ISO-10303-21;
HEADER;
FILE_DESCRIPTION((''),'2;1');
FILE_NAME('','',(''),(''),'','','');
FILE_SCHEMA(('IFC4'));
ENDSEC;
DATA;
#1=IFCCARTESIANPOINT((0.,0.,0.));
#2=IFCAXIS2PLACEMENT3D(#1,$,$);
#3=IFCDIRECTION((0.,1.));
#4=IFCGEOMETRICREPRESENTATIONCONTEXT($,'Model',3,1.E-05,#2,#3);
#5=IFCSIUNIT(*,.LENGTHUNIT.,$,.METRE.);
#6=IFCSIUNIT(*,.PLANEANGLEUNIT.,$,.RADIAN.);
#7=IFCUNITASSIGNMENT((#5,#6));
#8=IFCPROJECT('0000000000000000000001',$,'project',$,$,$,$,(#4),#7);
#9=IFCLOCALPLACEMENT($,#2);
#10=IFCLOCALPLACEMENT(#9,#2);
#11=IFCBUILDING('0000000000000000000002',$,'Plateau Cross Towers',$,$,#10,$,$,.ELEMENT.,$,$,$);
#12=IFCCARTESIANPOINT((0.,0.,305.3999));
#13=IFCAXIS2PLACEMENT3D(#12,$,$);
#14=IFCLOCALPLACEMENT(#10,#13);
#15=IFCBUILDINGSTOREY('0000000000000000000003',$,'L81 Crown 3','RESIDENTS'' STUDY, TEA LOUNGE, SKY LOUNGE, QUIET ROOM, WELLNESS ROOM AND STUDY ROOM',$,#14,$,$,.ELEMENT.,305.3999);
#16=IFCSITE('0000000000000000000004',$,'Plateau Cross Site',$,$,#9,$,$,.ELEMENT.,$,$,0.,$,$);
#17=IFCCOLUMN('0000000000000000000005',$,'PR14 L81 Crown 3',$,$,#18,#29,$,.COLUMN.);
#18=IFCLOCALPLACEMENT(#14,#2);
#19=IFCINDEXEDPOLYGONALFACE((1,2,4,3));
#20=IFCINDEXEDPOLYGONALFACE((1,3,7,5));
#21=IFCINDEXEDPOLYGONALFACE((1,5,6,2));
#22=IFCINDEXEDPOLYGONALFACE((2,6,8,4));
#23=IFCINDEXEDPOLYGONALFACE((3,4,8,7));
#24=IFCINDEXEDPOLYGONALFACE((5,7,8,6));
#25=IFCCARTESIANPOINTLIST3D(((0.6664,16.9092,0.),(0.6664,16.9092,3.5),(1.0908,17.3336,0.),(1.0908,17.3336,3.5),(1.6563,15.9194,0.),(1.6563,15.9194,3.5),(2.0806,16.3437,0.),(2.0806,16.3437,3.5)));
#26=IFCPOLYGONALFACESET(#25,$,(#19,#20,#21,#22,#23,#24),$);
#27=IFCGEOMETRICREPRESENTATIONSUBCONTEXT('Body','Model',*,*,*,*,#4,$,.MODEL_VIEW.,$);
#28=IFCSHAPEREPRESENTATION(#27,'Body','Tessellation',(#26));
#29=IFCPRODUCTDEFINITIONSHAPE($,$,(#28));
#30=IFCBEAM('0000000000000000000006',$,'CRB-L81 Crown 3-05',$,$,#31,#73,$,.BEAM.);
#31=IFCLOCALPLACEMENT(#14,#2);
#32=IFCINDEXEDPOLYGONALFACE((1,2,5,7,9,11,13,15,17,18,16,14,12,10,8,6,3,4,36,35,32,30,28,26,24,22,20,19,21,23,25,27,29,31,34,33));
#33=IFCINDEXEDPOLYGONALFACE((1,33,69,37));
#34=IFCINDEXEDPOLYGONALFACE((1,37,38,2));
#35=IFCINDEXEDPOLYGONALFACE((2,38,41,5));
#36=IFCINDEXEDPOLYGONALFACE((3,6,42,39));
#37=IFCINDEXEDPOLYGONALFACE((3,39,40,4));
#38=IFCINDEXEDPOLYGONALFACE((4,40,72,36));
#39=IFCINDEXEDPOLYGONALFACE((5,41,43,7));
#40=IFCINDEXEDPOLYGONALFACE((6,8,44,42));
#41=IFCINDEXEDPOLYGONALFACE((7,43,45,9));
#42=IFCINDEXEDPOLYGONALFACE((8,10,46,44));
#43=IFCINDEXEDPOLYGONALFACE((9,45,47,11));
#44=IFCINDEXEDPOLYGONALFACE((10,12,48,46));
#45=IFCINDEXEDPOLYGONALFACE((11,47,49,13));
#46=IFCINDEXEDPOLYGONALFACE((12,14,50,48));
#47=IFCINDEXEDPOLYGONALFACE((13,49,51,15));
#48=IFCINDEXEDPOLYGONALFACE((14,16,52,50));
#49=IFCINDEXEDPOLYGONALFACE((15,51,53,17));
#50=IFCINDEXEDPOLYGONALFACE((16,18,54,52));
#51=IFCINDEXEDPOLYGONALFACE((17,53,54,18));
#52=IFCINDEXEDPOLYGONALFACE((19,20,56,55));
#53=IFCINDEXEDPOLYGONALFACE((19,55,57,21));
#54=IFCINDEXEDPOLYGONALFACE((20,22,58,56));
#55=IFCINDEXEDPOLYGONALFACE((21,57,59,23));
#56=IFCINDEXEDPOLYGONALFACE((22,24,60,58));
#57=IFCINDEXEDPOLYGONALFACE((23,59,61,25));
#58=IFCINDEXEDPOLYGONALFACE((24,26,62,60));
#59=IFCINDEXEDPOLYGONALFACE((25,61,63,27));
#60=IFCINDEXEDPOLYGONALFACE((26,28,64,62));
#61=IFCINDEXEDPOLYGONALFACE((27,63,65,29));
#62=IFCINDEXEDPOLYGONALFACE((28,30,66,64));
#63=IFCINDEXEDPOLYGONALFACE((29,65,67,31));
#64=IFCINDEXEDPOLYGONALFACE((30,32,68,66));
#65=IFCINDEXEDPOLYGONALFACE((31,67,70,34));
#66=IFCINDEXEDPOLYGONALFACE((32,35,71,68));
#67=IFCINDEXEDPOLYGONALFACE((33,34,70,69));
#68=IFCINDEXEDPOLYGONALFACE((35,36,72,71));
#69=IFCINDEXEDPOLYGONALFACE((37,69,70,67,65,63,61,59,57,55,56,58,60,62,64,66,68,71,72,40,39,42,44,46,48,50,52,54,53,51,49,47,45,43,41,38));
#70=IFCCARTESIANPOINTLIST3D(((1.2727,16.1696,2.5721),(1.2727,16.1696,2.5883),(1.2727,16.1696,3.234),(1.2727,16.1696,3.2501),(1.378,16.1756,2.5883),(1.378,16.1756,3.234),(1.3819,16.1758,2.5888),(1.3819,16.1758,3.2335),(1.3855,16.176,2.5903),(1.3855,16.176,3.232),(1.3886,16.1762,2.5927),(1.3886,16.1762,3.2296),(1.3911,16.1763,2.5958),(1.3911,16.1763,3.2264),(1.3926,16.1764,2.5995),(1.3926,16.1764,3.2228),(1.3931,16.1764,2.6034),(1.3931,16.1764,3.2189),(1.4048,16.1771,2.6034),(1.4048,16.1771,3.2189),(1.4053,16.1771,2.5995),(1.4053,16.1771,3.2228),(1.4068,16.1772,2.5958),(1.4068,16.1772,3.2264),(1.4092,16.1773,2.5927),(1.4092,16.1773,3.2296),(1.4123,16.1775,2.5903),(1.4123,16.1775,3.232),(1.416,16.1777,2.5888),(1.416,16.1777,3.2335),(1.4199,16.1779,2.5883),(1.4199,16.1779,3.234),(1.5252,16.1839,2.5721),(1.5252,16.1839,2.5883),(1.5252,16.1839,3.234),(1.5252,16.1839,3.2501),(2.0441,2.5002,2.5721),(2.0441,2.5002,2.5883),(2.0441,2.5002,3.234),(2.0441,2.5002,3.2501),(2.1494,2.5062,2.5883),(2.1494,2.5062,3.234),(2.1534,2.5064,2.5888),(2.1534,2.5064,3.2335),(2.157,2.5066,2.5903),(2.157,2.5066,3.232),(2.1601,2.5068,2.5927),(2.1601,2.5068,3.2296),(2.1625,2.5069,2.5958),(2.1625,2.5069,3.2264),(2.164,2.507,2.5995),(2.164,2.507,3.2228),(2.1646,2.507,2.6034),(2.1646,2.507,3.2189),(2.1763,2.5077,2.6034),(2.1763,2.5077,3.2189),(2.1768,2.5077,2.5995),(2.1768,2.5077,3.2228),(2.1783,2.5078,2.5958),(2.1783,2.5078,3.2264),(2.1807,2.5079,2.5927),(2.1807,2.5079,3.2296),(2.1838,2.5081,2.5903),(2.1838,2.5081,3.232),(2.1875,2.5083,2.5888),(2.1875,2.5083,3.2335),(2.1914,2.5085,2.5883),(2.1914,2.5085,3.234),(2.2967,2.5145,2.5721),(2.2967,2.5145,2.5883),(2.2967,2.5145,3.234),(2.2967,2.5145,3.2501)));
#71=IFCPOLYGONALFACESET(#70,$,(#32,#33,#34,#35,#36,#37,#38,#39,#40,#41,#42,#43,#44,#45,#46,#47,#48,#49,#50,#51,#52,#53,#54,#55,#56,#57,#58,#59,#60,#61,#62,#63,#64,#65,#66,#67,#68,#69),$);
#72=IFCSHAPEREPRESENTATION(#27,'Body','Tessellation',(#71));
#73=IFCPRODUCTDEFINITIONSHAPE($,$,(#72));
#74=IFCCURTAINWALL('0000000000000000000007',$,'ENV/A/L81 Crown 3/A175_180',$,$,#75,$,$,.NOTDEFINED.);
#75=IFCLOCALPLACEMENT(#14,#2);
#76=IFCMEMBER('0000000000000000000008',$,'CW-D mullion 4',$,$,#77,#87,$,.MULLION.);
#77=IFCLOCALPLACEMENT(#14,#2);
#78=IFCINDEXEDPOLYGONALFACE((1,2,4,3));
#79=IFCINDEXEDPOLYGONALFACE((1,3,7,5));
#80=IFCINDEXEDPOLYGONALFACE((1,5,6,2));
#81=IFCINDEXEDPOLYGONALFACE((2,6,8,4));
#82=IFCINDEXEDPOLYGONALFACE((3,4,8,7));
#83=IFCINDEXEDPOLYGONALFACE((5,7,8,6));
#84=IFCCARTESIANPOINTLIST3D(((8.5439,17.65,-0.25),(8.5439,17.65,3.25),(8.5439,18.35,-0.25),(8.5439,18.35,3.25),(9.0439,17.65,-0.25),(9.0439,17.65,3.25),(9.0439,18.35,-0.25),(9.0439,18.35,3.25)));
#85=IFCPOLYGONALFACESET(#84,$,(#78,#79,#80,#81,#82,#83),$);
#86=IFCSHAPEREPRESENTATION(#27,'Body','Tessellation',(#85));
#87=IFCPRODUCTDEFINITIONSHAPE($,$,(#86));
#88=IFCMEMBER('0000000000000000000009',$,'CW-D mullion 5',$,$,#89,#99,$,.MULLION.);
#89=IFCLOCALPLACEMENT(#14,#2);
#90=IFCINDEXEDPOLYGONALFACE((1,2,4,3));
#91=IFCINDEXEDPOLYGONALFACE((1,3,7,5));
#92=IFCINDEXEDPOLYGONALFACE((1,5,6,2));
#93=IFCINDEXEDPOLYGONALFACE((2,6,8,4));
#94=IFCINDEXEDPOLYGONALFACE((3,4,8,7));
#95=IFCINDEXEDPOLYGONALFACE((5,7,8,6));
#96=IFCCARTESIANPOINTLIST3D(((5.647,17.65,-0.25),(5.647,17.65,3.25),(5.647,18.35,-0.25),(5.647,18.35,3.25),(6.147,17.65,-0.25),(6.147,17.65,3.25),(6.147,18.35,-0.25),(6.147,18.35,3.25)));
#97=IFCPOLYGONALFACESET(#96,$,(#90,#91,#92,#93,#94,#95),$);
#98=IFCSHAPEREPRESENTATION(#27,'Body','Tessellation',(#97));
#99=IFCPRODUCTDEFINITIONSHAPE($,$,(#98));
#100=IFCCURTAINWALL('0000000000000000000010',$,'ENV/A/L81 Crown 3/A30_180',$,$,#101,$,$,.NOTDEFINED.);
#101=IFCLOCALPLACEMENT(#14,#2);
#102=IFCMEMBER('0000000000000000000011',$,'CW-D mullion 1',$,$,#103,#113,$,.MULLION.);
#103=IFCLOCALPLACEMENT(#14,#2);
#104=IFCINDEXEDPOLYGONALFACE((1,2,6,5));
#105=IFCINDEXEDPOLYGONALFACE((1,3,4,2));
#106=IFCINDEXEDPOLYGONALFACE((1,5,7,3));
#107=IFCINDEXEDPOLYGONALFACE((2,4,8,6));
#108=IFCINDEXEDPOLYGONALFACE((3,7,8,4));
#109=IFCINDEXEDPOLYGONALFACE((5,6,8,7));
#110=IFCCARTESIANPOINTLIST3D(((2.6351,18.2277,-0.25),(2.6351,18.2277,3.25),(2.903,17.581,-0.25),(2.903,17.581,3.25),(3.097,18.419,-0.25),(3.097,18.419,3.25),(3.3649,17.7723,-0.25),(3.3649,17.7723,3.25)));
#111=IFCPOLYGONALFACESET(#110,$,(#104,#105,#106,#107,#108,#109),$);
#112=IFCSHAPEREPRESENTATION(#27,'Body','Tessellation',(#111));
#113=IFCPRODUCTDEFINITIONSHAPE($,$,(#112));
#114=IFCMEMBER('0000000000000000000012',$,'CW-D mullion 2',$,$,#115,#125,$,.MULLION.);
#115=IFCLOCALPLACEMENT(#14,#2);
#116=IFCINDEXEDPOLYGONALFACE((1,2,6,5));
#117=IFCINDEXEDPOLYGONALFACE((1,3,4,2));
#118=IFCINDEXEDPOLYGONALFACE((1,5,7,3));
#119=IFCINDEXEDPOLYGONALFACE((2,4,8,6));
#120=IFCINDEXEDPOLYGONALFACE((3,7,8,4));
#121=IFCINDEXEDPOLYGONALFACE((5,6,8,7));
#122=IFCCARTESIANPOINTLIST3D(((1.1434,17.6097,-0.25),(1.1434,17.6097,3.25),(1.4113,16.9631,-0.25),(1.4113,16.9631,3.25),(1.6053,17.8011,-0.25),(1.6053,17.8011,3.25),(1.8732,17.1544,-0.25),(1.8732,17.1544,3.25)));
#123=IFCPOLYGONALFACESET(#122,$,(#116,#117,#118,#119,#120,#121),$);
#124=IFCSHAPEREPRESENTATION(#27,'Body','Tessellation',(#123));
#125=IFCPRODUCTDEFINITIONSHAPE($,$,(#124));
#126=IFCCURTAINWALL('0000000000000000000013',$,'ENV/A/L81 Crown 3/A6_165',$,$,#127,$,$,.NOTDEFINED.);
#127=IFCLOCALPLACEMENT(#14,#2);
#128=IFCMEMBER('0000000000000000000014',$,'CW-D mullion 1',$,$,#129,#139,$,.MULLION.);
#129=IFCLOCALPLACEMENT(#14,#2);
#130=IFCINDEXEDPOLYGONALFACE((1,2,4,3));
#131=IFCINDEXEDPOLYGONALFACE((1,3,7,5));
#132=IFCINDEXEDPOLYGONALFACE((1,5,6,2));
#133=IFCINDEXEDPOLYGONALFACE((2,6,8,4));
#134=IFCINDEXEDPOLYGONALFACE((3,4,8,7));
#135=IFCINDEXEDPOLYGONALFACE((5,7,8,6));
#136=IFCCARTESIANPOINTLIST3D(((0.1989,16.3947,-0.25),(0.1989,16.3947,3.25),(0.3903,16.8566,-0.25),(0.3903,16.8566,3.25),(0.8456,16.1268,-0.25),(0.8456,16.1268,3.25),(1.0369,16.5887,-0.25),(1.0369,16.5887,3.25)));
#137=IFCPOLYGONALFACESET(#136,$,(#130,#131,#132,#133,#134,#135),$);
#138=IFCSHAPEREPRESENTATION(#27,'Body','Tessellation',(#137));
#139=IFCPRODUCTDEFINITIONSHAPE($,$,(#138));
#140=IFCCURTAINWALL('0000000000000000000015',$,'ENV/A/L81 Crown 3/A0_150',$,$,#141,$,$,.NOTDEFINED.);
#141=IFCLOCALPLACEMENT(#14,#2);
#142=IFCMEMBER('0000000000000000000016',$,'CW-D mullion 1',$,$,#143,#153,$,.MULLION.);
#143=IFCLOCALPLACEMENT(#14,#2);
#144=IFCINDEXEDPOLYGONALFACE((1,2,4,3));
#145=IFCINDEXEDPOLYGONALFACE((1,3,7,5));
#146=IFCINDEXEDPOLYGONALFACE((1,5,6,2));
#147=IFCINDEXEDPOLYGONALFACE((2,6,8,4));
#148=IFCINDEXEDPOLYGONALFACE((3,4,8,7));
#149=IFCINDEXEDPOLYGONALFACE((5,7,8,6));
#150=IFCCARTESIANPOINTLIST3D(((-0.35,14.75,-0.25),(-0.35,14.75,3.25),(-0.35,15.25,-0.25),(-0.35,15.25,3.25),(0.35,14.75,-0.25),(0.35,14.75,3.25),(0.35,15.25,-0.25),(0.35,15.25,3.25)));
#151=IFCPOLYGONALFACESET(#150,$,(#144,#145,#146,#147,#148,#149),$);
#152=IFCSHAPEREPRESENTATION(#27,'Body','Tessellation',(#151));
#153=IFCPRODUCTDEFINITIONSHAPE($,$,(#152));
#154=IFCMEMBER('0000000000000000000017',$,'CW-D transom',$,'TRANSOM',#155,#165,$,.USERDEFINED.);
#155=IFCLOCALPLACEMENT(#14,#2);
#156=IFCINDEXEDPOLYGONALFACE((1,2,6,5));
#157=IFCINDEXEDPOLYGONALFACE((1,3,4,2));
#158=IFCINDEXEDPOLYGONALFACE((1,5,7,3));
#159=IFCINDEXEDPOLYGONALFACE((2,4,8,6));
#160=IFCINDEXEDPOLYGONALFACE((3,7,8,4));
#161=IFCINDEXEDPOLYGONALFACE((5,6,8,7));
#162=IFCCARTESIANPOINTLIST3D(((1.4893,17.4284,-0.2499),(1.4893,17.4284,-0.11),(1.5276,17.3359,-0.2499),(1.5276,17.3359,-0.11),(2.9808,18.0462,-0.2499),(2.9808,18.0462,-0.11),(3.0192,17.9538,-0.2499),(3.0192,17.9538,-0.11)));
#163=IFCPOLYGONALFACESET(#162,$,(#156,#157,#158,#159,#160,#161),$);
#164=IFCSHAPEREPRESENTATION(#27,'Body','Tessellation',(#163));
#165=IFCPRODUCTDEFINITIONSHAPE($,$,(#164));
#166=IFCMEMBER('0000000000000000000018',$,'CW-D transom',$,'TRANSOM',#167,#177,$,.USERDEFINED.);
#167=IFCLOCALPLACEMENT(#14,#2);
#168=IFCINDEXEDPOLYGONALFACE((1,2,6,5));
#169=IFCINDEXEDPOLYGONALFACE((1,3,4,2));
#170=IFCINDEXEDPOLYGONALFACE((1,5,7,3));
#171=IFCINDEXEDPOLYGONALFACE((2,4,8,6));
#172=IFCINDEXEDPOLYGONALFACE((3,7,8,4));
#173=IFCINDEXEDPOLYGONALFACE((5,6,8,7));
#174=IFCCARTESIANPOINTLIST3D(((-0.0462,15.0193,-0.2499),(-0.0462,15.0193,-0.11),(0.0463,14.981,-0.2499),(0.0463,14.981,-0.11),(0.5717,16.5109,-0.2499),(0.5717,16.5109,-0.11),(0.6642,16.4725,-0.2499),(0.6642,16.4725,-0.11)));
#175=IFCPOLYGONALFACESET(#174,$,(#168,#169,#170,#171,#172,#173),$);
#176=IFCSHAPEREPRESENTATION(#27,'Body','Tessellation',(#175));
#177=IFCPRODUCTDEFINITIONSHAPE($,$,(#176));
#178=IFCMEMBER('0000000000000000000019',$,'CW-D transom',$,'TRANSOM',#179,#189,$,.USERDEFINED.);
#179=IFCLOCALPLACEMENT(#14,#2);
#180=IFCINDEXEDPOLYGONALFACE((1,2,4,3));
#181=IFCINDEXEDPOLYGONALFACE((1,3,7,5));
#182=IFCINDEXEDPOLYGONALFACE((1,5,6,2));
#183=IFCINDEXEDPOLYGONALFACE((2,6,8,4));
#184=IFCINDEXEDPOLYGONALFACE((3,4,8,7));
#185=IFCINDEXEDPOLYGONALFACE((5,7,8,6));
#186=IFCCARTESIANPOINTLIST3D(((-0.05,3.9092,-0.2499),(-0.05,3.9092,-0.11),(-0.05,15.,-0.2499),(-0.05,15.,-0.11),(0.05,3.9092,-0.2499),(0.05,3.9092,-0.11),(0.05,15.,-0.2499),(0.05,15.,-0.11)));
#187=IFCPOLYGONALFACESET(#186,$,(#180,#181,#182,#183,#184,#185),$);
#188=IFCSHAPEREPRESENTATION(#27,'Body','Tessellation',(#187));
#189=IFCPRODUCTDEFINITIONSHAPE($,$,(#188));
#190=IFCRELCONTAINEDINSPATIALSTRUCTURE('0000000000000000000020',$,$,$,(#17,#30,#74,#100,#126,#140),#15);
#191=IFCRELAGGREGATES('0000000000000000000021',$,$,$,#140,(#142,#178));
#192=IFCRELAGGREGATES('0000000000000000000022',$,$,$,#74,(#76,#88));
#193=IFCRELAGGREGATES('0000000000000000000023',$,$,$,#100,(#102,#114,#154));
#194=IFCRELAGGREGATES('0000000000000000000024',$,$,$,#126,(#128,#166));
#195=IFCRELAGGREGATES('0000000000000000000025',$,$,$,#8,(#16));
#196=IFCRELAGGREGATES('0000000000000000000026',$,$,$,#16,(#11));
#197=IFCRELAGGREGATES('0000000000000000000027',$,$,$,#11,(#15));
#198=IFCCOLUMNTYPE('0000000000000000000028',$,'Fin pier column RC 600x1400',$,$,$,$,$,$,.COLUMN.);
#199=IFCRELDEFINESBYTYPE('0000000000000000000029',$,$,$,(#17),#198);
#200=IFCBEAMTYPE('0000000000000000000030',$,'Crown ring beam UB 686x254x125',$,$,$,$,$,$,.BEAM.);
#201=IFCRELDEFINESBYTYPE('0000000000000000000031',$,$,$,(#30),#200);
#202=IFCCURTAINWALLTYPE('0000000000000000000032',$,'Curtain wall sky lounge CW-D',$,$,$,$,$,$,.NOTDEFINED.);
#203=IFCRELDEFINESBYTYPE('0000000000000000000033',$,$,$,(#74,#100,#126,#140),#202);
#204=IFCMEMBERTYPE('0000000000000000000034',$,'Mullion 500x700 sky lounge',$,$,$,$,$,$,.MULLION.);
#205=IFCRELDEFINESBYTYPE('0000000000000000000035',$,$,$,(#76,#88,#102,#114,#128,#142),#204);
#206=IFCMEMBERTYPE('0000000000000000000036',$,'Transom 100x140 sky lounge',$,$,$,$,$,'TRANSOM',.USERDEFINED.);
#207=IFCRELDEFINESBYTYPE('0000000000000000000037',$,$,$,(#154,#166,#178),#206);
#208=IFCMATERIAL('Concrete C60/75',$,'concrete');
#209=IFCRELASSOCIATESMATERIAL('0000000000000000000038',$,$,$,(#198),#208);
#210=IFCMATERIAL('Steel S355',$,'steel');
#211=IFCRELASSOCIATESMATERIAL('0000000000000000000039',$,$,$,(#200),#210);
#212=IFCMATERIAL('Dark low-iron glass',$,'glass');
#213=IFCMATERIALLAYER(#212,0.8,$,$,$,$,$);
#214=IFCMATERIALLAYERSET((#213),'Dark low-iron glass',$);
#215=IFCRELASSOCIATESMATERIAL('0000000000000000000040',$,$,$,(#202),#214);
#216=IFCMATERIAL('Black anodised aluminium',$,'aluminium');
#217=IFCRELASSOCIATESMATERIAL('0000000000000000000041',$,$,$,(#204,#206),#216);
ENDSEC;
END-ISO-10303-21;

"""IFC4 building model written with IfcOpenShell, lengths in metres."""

from ifc_helpers import new_model, si_unit, direction, frame, origin, origin_2d, place, context, subcontext, project, spatial, rectangle, i_section, extrude, material, layer, layer_set, material_profile, profile_set, type_object, element, aggregate, save


model = new_model("IFC4")

# Units and contexts
model_context = context("Model", 3, precision=1e-05, world=origin(), true_north=direction((0.0, 1.0)))
body_context = subcontext(model_context, "Body", "Model", "MODEL_VIEW")
ifc_project = project(units=[si_unit("LENGTHUNIT", "METRE"), si_unit("PLANEANGLEUNIT", "RADIAN")], contexts=[model_context])

# Site, building, storey
site_placement = place(None, origin())
site = spatial("IfcSite", under=ifc_project, at=site_placement, Name="Plateau Cross Site", CompositionType="ELEMENT", RefElevation=0.0)
building_placement = place(site_placement, origin())
building = spatial("IfcBuilding", under=site, at=building_placement, Name="Plateau Cross Towers", CompositionType="ELEMENT")
storey_placement = place(building_placement, frame((0.0, 0.0, 305.3999)))
storey = spatial("IfcBuildingStorey", under=building, at=storey_placement, Name="L81 Crown 3", Description="RESIDENTS' STUDY, TEA LOUNGE, SKY LOUNGE, QUIET ROOM, WELLNESS ROOM AND STUDY ROOM", CompositionType="ELEMENT", Elevation=305.3999)

# Column
ifc_material_1 = material(Name="Concrete C60/75", Category="concrete")
ifc_material_profile_1 = material_profile(ifc_material_1, rectangle(XDim=0.6001, YDim=1.3999, at=origin_2d()), Name="RC 600x1400")
ifc_profile_set_1 = profile_set([ifc_material_profile_1], Name="Concrete C60/75")
column_type = type_object("IfcColumnType", Name="Fin pier column RC 600x1400", PredefinedType="COLUMN", material=ifc_profile_set_1)
column_placement = place(storey_placement, frame((1.3735, 16.6265, 0.0), z_axis=(0.0, 0.0, 1.0), x_axis=(0.707107, 0.707107, 0.0)))
element("IfcColumn", 1, at=column_placement, inside=storey, type_object=column_type, Name="PR14 L81 Crown 3", PredefinedType="COLUMN", context=body_context, shape_type="SweptSolid", body=[
    extrude(rectangle(XDim=0.6001, YDim=1.3999, at=origin_2d()), origin(), (0.0, 0.0, 1.0), 3.5),
])

# Beam
ifc_material_2 = material(Name="Steel S355", Category="steel")
ifc_material_profile_2 = material_profile(ifc_material_2, i_section(OverallWidth=0.2529, OverallDepth=0.678, WebThickness=0.0117, FlangeThickness=0.0161, FilletRadius=0.0151, at=origin_2d()), Name="UB 686x254x125")
ifc_profile_set_2 = profile_set([ifc_material_profile_2], Name="Steel S355")
beam_type = type_object("IfcBeamType", Name="Crown ring beam UB 686x254x125", PredefinedType="BEAM", material=ifc_profile_set_2)
beam_placement = place(storey_placement, frame((1.3989, 16.1768, 2.9111), z_axis=(0.056349, -0.998411, 0.0), x_axis=(0.998411, 0.056349, 0.0)))
element("IfcBeam", 2, at=beam_placement, inside=storey, type_object=beam_type, Name="CRB-L81 Crown 3-05", PredefinedType="BEAM", context=body_context, shape_type="SweptSolid", body=[
    extrude(i_section(OverallWidth=0.2529, OverallDepth=0.678, WebThickness=0.0117, FlangeThickness=0.0161, FilletRadius=0.0151, at=origin_2d()), origin(), (0.0, 0.0, 1.0), 13.6912),
])

# Curtain walls, members
ifc_material_3 = material(Name="Dark low-iron glass", Category="glass")
ifc_layer_1 = layer(ifc_material_3, 0.8)
ifc_layer_set_1 = layer_set([ifc_layer_1], Name="Dark low-iron glass")
curtain_wall_type = type_object("IfcCurtainWallType", Name="Curtain wall sky lounge CW-D", PredefinedType="NOTDEFINED", material=ifc_layer_set_1)
curtain_wall_1_placement = place(storey_placement, origin())
curtain_wall_1 = element("IfcCurtainWall", 3, at=curtain_wall_1_placement, inside=storey, type_object=curtain_wall_type, Name="ENV/A/L81 Crown 3/A175_180", PredefinedType="NOTDEFINED")
ifc_material_4 = material(Name="Black anodised aluminium", Category="aluminium")
ifc_material_profile_3 = material_profile(ifc_material_4, rectangle(XDim=0.5, YDim=0.7, at=origin_2d()), Name="MULLION 500x700")
ifc_profile_set_3 = profile_set([ifc_material_profile_3], Name="Black anodised aluminium")
member_type_1 = type_object("IfcMemberType", Name="Mullion 500x700 sky lounge", PredefinedType="MULLION", material=ifc_profile_set_3)
member_1_placement = place(storey_placement, frame((8.7939, 18.0, -0.25), z_axis=(0.0, 0.0, 1.0), x_axis=(-1.0, 0.0, 0.0)))
member_1 = element("IfcMember", 4, at=member_1_placement, type_object=member_type_1, Name="CW-D mullion 4", PredefinedType="MULLION", context=body_context, shape_type="SweptSolid", body=[
    extrude(rectangle(XDim=0.5, YDim=0.7, at=origin_2d()), origin(), (0.0, 0.0, 1.0), 3.5),
])
member_2_placement = place(storey_placement, frame((5.897, 18.0, -0.25), z_axis=(0.0, 0.0, 1.0), x_axis=(-1.0, 0.0, 0.0)))
member_2 = element("IfcMember", 5, at=member_2_placement, type_object=member_type_1, Name="CW-D mullion 5", PredefinedType="MULLION", context=body_context, shape_type="SweptSolid", body=[
    extrude(rectangle(XDim=0.5, YDim=0.7, at=origin_2d()), origin(), (0.0, 0.0, 1.0), 3.5),
])
curtain_wall_2_placement = place(storey_placement, origin())
curtain_wall_2 = element("IfcCurtainWall", 6, at=curtain_wall_2_placement, inside=storey, type_object=curtain_wall_type, Name="ENV/A/L81 Crown 3/A30_180", PredefinedType="NOTDEFINED")
member_3_placement = place(storey_placement, frame((3.0, 18.0, -0.25), z_axis=(0.0, 0.0, 1.0), x_axis=(-0.923879, -0.382684, 0.0)))
member_3 = element("IfcMember", 7, at=member_3_placement, type_object=member_type_1, Name="CW-D mullion 1", PredefinedType="MULLION", context=body_context, shape_type="SweptSolid", body=[
    extrude(rectangle(XDim=0.5, YDim=0.7, at=origin_2d()), origin(), (0.0, 0.0, 1.0), 3.5),
])
member_4_placement = place(storey_placement, frame((1.5083, 17.3821, -0.25), z_axis=(0.0, 0.0, 1.0), x_axis=(-0.923879, -0.382684, 0.0)))
member_4 = element("IfcMember", 8, at=member_4_placement, type_object=member_type_1, Name="CW-D mullion 2", PredefinedType="MULLION", context=body_context, shape_type="SweptSolid", body=[
    extrude(rectangle(XDim=0.5, YDim=0.7, at=origin_2d()), origin(), (0.0, 0.0, 1.0), 3.5),
])

# Curtain walls, members
curtain_wall_3_placement = place(storey_placement, origin())
curtain_wall_3 = element("IfcCurtainWall", 9, at=curtain_wall_3_placement, inside=storey, type_object=curtain_wall_type, Name="ENV/A/L81 Crown 3/A6_165", PredefinedType="NOTDEFINED")
member_5_placement = place(storey_placement, frame((0.6179, 16.4917, -0.25), z_axis=(0.0, 0.0, 1.0), x_axis=(-0.382684, -0.923879, 0.0)))
member_5 = element("IfcMember", 10, at=member_5_placement, type_object=member_type_1, Name="CW-D mullion 1", PredefinedType="MULLION", context=body_context, shape_type="SweptSolid", body=[
    extrude(rectangle(XDim=0.5, YDim=0.7, at=origin_2d()), origin(), (0.0, 0.0, 1.0), 3.5),
])
curtain_wall_4_placement = place(storey_placement, origin())
curtain_wall_4 = element("IfcCurtainWall", 11, at=curtain_wall_4_placement, inside=storey, type_object=curtain_wall_type, Name="ENV/A/L81 Crown 3/A0_150", PredefinedType="NOTDEFINED")
member_6_placement = place(storey_placement, frame((0.0, 15.0, -0.25), z_axis=(0.0, 0.0, 1.0), x_axis=(0.0, -1.0, 0.0)))
member_6 = element("IfcMember", 12, at=member_6_placement, type_object=member_type_1, Name="CW-D mullion 1", PredefinedType="MULLION", context=body_context, shape_type="SweptSolid", body=[
    extrude(rectangle(XDim=0.5, YDim=0.7, at=origin_2d()), origin(), (0.0, 0.0, 1.0), 3.5),
])

# Members
ifc_material_profile_4 = material_profile(ifc_material_4, rectangle(XDim=0.1001, YDim=0.1399, at=origin_2d()), Name="TRANSOM 100x140")
ifc_profile_set_4 = profile_set([ifc_material_profile_4], Name="Black anodised aluminium")
member_type_2 = type_object("IfcMemberType", Name="Transom 100x140 sky lounge", ElementType="TRANSOM", PredefinedType="USERDEFINED", material=ifc_profile_set_4)
member_7_placement = place(storey_placement, frame((3.0, 18.0, -0.1799), z_axis=(-0.923871, -0.382703, 0.0), x_axis=(0.382703, -0.923871, 0.0)))
member_7 = element("IfcMember", 13, at=member_7_placement, type_object=member_type_2, Name="CW-D transom", ObjectType="TRANSOM", PredefinedType="USERDEFINED", context=body_context, shape_type="SweptSolid", body=[
    extrude(rectangle(XDim=0.1001, YDim=0.1399, at=origin_2d()), origin(), (0.0, 0.0, 1.0), 1.6145),
])
member_8_placement = place(storey_placement, frame((0.6179, 16.4917, -0.1799), z_axis=(-0.382703, -0.923871, 0.0), x_axis=(0.923871, -0.382703, 0.0)))
member_8 = element("IfcMember", 14, at=member_8_placement, type_object=member_type_2, Name="CW-D transom", ObjectType="TRANSOM", PredefinedType="USERDEFINED", context=body_context, shape_type="SweptSolid", body=[
    extrude(rectangle(XDim=0.1001, YDim=0.1399, at=origin_2d()), origin(), (0.0, 0.0, 1.0), 1.6145),
])
member_9_placement = place(storey_placement, frame((0.0, 15.0, -0.1799), z_axis=(0.0, -1.0, 0.0), x_axis=(1.0, 0.0, 0.0)))
member_9 = element("IfcMember", 15, at=member_9_placement, type_object=member_type_2, Name="CW-D transom", ObjectType="TRANSOM", PredefinedType="USERDEFINED", context=body_context, shape_type="SweptSolid", body=[
    extrude(rectangle(XDim=0.1001, YDim=0.1399, at=origin_2d()), origin(), (0.0, 0.0, 1.0), 11.0908),
])
aggregate(curtain_wall_4, [member_6, member_9])

aggregate(curtain_wall_1, [member_1, member_2])
aggregate(curtain_wall_2, [member_3, member_4, member_7])
aggregate(curtain_wall_3, [member_5, member_8])

save(model, "model.ifc")
